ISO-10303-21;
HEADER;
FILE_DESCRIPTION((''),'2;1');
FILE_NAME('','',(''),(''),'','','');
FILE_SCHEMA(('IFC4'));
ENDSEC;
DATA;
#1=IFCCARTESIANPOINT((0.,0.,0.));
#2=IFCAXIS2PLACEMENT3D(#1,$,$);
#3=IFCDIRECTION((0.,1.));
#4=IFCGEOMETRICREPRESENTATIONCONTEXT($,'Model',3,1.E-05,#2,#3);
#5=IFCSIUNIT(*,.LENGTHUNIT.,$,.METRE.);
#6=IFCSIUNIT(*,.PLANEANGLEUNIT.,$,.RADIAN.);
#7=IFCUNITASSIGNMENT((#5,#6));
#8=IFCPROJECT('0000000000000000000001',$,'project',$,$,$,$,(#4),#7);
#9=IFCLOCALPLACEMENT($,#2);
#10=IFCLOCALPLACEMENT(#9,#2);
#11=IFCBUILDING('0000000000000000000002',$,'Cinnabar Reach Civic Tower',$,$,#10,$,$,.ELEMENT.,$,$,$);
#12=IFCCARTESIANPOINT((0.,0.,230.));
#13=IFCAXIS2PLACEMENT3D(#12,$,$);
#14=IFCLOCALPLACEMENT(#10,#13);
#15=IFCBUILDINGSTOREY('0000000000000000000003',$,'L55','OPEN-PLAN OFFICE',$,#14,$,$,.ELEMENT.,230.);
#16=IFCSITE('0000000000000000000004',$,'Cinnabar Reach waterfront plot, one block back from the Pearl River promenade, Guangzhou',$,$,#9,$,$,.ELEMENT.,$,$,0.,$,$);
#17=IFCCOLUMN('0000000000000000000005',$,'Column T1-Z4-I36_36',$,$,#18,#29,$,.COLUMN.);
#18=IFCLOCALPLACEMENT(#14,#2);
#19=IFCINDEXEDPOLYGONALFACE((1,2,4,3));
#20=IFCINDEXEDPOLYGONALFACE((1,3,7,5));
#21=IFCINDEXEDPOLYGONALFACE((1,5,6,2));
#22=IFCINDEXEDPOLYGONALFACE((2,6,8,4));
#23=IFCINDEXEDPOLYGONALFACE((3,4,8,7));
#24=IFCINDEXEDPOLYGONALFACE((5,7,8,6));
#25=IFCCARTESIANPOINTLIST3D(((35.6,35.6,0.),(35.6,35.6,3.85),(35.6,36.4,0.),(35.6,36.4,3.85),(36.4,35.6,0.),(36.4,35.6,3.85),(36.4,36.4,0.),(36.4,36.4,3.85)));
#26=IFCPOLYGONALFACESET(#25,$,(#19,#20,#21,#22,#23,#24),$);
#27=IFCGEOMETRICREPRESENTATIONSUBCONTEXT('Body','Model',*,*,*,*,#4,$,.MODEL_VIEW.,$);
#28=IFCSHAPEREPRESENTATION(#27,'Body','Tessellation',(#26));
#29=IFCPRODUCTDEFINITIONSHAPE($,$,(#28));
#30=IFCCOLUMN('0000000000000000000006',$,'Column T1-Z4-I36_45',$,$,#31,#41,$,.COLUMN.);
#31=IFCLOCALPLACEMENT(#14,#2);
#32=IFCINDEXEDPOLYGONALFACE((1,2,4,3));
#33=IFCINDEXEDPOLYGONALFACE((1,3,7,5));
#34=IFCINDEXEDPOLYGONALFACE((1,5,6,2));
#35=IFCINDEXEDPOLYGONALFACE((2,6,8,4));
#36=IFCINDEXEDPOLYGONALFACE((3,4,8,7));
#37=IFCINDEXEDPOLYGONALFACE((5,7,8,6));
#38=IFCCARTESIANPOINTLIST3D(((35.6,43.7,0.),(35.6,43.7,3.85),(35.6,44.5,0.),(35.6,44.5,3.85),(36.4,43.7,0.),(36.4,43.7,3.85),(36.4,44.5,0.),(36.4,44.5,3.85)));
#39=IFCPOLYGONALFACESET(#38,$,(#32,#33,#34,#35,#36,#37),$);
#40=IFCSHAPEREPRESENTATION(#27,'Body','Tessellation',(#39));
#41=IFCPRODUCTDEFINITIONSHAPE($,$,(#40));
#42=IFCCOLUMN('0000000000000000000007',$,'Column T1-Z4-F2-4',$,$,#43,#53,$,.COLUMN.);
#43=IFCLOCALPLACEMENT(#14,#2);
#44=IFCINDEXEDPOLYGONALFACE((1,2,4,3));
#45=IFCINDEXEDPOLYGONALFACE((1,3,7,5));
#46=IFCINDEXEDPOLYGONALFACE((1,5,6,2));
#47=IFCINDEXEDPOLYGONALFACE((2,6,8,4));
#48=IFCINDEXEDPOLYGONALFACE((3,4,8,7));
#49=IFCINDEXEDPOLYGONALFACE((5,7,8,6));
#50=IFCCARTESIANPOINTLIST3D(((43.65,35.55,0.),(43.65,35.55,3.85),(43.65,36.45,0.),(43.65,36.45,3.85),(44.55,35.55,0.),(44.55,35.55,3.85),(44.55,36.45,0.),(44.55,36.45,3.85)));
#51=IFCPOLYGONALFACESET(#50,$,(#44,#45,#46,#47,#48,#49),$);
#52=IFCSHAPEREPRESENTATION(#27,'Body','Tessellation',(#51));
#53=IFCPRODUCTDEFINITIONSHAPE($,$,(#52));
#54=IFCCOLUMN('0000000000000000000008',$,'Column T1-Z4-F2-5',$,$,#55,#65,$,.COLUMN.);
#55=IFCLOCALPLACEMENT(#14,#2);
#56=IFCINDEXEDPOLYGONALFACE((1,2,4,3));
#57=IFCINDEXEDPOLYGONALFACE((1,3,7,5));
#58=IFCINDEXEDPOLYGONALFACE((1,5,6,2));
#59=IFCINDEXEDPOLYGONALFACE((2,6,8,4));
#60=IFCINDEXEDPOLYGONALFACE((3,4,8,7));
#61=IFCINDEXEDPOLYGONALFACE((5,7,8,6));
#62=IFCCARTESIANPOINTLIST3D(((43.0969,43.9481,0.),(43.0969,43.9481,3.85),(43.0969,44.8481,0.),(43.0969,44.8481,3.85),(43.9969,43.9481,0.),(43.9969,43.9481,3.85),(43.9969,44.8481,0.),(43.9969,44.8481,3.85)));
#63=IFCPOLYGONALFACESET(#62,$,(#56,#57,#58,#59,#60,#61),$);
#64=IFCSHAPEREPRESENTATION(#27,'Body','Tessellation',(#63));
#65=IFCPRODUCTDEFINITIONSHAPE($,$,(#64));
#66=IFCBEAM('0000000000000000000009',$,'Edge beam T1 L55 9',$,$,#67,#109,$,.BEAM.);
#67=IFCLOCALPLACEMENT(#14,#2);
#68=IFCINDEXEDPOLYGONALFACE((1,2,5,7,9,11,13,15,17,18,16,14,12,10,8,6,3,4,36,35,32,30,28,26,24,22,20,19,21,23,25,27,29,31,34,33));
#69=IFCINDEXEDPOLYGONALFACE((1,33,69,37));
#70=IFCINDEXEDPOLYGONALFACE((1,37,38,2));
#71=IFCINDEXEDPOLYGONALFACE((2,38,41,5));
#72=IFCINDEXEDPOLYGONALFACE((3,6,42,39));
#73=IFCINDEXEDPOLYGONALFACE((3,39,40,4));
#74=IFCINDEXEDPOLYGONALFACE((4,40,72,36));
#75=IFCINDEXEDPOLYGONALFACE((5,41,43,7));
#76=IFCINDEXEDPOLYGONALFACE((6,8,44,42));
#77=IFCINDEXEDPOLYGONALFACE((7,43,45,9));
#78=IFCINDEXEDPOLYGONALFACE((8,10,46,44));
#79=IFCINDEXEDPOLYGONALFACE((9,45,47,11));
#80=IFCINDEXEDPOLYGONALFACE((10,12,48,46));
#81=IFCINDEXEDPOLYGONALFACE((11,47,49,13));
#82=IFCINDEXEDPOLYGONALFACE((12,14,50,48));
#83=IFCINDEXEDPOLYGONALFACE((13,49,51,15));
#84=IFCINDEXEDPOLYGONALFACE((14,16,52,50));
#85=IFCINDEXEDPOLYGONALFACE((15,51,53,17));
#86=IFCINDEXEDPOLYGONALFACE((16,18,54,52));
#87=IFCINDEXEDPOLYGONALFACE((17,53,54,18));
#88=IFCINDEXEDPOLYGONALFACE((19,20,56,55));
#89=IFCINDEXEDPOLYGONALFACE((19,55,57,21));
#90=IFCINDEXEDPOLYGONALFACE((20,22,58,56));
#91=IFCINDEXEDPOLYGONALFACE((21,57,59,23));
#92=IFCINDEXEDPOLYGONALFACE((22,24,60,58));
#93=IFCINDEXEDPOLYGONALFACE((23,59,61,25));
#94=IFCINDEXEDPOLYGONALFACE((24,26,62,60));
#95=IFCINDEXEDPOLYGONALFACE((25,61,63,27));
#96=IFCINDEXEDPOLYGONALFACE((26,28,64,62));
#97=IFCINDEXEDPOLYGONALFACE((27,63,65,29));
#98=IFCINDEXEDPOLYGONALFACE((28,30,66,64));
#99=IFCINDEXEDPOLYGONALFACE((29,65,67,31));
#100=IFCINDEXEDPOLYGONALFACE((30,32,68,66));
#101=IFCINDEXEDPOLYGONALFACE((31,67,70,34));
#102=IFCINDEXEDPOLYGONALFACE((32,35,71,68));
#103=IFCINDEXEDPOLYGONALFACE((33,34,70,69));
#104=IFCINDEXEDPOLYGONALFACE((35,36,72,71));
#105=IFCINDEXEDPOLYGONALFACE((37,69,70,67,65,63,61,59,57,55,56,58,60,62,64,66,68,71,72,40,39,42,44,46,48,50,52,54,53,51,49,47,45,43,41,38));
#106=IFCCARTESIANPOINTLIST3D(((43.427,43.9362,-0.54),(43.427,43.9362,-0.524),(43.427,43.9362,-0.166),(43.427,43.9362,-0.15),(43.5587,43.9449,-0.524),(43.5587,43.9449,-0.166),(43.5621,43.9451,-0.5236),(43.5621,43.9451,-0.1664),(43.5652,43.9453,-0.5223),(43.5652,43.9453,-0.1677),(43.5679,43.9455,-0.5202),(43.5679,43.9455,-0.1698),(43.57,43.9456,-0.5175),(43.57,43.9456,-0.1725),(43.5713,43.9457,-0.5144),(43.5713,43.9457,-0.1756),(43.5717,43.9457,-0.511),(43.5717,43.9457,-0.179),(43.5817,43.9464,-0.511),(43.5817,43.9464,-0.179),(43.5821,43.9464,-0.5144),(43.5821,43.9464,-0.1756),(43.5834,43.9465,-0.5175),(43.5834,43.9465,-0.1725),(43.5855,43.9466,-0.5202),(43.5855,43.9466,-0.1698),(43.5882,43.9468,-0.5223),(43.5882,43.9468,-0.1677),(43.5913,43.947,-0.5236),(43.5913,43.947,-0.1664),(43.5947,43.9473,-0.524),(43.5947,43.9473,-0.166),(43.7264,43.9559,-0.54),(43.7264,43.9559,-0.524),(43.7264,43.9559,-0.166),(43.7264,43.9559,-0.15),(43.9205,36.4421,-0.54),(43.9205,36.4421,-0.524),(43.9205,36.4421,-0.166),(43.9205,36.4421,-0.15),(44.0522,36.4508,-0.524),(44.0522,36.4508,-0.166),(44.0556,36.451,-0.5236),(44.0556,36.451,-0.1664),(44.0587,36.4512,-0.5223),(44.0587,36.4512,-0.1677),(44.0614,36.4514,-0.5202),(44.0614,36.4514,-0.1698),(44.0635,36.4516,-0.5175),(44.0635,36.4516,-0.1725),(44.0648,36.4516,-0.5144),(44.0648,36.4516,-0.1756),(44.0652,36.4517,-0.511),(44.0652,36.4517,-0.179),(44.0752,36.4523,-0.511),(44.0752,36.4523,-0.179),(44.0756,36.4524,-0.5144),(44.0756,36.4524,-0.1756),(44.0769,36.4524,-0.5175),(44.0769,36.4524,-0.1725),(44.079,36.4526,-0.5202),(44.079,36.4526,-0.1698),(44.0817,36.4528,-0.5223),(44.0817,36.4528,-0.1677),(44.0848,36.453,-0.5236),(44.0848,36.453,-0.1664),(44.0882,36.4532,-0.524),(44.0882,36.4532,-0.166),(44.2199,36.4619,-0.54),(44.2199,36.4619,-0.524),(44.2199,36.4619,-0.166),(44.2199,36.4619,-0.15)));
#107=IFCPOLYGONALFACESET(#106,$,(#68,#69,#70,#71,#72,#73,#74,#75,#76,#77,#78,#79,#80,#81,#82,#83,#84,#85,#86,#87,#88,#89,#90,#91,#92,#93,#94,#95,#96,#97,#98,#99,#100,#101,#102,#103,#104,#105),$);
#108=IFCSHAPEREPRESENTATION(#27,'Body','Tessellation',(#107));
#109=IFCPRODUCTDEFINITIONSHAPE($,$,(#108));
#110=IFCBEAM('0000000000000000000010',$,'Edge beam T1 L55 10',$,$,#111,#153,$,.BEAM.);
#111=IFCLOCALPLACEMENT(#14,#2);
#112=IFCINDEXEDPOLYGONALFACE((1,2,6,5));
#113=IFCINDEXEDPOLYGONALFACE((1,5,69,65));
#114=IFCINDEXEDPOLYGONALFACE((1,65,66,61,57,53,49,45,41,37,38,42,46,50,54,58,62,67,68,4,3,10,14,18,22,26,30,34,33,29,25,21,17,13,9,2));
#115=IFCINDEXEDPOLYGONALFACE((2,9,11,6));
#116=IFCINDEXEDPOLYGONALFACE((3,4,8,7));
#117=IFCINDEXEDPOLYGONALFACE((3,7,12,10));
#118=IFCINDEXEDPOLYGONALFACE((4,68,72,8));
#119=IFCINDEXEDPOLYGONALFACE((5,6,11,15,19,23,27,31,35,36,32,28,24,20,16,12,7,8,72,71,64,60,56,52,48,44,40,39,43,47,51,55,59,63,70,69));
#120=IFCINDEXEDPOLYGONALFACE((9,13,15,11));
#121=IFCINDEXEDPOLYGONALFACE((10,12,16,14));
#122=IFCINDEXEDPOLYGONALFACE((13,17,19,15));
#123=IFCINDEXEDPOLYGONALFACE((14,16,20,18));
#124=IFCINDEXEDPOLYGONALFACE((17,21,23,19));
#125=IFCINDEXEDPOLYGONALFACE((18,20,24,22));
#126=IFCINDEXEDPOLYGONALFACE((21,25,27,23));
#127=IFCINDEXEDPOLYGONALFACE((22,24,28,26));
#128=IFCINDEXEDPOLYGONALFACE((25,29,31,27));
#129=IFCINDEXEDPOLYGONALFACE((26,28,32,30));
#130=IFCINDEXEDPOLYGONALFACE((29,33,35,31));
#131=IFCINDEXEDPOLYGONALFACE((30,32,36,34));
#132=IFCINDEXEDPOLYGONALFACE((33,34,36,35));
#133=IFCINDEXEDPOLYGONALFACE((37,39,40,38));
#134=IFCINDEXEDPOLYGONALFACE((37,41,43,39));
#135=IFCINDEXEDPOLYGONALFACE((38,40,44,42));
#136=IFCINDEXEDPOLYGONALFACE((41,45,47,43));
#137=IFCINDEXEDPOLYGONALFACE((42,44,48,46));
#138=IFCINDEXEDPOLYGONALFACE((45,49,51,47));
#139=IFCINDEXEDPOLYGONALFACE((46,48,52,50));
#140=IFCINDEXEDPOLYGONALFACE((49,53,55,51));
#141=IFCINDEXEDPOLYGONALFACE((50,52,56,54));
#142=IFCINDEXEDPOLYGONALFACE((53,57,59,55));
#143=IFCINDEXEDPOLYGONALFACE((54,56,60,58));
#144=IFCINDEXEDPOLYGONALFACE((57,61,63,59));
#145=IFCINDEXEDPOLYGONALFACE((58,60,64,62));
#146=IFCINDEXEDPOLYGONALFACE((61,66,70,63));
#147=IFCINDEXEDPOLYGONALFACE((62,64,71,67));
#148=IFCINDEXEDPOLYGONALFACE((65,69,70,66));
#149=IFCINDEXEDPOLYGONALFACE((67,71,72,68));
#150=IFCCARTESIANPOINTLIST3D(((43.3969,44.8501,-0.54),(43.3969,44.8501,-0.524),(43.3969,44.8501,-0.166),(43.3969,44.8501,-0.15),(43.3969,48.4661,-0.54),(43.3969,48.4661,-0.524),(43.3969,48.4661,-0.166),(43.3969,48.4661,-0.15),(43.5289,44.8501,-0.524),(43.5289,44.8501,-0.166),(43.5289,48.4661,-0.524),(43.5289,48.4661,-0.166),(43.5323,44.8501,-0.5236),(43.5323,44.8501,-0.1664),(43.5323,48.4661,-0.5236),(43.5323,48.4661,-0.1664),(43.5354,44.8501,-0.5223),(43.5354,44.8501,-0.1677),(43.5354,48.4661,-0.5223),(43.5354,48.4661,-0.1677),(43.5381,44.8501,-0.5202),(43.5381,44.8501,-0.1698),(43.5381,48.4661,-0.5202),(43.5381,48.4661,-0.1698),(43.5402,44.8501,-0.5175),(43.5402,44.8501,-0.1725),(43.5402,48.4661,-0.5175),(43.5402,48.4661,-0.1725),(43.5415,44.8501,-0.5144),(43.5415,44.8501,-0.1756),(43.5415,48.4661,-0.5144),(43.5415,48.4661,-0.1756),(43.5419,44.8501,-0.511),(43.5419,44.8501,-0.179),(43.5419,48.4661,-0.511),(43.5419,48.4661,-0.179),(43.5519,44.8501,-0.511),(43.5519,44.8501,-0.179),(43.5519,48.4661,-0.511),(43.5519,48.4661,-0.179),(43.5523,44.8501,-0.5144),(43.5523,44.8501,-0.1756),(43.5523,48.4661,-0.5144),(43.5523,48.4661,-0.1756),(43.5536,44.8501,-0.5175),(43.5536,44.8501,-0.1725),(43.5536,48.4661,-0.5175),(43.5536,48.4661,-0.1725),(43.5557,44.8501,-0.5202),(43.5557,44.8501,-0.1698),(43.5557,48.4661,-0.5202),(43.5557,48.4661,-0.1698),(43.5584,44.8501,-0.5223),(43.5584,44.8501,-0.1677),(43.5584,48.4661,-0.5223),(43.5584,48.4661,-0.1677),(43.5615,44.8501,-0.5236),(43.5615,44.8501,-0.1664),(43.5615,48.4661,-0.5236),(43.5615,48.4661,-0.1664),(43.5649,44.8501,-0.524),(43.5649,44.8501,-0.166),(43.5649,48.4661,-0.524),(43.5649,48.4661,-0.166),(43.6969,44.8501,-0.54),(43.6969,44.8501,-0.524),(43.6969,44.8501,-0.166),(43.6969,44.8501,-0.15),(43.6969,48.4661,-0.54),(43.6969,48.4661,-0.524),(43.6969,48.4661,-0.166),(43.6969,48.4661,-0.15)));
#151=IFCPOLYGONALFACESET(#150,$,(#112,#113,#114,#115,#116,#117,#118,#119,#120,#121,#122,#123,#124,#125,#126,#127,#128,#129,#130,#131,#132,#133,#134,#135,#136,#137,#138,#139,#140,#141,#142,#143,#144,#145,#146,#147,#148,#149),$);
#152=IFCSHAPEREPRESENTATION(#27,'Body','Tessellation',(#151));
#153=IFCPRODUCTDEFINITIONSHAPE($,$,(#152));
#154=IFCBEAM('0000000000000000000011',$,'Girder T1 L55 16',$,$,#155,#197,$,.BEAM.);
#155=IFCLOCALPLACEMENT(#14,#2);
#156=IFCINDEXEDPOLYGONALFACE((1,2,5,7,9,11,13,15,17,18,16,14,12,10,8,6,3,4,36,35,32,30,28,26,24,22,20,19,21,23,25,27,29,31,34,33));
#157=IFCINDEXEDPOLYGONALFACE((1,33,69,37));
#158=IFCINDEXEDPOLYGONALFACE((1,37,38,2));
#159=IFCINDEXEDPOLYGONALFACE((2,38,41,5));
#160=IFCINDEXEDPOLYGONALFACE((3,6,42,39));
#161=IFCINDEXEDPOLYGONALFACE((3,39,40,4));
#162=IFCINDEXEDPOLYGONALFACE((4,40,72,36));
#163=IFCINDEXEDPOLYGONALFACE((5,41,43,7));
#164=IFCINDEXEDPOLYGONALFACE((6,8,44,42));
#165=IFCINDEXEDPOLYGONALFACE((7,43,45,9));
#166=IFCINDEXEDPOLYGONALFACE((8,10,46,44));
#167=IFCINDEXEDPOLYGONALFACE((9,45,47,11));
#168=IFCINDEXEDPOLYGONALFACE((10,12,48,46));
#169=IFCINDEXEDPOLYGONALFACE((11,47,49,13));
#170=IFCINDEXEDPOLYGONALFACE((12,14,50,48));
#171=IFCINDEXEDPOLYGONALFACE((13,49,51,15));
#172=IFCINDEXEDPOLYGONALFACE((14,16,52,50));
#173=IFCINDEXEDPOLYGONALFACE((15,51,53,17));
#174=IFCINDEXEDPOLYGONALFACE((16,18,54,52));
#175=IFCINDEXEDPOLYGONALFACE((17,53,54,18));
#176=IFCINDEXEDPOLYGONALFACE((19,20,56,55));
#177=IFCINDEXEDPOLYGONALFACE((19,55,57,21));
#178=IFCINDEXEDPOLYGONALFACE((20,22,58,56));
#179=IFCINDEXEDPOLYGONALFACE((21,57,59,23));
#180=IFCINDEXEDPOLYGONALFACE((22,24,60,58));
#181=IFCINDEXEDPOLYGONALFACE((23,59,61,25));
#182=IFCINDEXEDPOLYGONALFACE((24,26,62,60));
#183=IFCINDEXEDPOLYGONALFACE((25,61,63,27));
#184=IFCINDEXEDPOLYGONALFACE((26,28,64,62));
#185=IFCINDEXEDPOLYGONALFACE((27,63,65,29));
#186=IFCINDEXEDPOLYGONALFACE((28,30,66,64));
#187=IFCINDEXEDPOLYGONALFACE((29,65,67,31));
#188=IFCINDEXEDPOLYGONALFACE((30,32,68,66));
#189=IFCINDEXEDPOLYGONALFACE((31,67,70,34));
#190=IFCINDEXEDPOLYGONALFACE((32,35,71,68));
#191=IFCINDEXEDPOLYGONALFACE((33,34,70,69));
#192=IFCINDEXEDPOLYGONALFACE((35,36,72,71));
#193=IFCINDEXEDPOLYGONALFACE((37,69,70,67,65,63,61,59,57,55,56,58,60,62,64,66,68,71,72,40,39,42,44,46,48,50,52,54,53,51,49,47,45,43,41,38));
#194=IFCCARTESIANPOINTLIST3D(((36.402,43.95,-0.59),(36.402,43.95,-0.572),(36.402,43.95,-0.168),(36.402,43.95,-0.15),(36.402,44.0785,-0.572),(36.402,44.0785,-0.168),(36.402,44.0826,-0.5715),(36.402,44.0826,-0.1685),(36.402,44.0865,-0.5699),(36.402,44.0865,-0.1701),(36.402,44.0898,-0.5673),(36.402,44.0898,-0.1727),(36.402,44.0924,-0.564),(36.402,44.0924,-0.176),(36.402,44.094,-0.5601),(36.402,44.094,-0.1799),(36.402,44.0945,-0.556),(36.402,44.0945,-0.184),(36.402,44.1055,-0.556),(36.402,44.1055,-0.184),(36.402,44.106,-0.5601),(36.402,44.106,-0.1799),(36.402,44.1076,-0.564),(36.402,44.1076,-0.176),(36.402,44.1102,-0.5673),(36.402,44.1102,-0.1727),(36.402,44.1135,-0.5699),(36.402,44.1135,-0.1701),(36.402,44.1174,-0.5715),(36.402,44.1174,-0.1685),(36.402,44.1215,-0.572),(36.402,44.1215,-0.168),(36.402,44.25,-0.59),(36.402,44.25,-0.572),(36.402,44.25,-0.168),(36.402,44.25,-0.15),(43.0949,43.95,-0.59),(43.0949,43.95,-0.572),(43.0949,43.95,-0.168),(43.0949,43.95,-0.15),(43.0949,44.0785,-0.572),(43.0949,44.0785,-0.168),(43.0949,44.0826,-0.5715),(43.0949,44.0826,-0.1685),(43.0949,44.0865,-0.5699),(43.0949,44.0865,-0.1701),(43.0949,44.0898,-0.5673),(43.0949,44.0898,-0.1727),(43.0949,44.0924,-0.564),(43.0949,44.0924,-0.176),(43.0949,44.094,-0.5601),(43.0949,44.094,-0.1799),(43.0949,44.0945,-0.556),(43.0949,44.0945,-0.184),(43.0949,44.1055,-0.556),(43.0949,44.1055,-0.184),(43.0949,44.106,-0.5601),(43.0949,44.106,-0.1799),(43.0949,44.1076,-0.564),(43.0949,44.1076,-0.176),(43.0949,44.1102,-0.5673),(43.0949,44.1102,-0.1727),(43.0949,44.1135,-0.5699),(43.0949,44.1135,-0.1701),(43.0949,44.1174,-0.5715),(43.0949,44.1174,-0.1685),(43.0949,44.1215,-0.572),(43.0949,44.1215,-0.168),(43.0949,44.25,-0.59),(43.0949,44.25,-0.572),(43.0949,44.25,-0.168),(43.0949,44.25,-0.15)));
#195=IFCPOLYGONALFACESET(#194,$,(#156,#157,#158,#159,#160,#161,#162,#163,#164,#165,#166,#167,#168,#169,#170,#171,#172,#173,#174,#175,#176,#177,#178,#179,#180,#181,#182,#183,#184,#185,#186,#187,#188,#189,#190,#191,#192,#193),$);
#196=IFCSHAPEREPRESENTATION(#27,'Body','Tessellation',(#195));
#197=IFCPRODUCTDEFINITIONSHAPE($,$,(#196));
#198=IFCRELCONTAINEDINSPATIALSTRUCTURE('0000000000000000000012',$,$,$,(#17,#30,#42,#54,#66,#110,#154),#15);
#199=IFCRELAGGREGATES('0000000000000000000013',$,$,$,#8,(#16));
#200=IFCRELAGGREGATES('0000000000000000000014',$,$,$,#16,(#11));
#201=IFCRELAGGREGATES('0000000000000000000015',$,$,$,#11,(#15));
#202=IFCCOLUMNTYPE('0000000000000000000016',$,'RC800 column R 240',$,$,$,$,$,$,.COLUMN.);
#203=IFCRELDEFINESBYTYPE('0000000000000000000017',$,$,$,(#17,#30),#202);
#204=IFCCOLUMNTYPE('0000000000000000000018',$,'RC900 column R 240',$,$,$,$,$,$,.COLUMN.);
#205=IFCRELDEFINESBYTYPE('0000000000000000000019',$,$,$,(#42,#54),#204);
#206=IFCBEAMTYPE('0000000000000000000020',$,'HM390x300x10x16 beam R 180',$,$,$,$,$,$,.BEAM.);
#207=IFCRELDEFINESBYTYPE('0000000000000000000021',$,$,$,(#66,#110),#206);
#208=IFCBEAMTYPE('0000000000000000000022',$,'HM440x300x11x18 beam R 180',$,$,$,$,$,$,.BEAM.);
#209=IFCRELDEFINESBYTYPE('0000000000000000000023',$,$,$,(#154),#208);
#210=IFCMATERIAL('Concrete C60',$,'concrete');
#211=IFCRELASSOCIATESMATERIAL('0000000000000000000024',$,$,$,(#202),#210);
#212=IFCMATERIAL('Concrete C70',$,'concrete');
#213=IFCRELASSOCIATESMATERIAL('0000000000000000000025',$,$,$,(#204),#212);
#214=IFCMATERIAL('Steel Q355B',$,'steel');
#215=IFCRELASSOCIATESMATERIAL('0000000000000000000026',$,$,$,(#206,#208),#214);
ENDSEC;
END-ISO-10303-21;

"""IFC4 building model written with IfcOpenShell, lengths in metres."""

from ifc_helpers import new_model, si_unit, direction, frame, origin, origin_2d, place, context, subcontext, project, spatial, rectangle, i_section, extrude, material, material_profile, profile_set, type_object, element, save


model = new_model("IFC4")

# Units and contexts
model_context = context("Model", 3, precision=1e-05, world=origin(), true_north=direction((0.0, 1.0)))
body_context = subcontext(model_context, "Body", "Model", "MODEL_VIEW")
ifc_project = project(units=[si_unit("LENGTHUNIT", "METRE"), si_unit("PLANEANGLEUNIT", "RADIAN")], contexts=[model_context])

# Site, building, storey
site_placement = place(None, origin())
site = spatial("IfcSite", under=ifc_project, at=site_placement, Name="Cinnabar Reach waterfront plot, one block back from the Pearl River promenade, Guangzhou", CompositionType="ELEMENT", RefElevation=0.0)
building_placement = place(site_placement, origin())
building = spatial("IfcBuilding", under=site, at=building_placement, Name="Cinnabar Reach Civic Tower", CompositionType="ELEMENT")
storey_placement = place(building_placement, frame((0.0, 0.0, 230.0)))
storey = spatial("IfcBuildingStorey", under=building, at=storey_placement, Name="L55", Description="OPEN-PLAN OFFICE", CompositionType="ELEMENT", Elevation=230.0)

# Columns
ifc_material_1 = material(Name="Concrete C60", Category="concrete")
ifc_material_profile_1 = material_profile(ifc_material_1, rectangle(XDim=0.8, YDim=0.8, at=origin_2d()), Name="RC800")
ifc_profile_set_1 = profile_set([ifc_material_profile_1], Name="Concrete C60")
column_type_1 = type_object("IfcColumnType", Name="RC800 column R 240", PredefinedType="COLUMN", material=ifc_profile_set_1)
for number, where, z_axis, x_axis, name in (
    (1, (36.0, 36.0, 0.0), (0.0, 0.0, 1.0), (1.0, 0.0, 0.0), "Column T1-Z4-I36_36"),
    (2, (36.0, 44.1, 0.0), (0.0, 0.0, 1.0), (1.0, 0.0, 0.0), "Column T1-Z4-I36_45"),
):
    element("IfcColumn", number, at=place(storey_placement, frame(where, z_axis=z_axis, x_axis=x_axis)), inside=storey, type_object=column_type_1, Name=name, PredefinedType="COLUMN", context=body_context, shape_type="SweptSolid", body=[
        extrude(rectangle(XDim=0.8, YDim=0.8, at=origin_2d()), origin(), (0.0, 0.0, 1.0), 3.85),
    ])
ifc_material_2 = material(Name="Concrete C70", Category="concrete")
ifc_material_profile_2 = material_profile(ifc_material_2, rectangle(XDim=0.9, YDim=0.9, at=origin_2d()), Name="RC900")
ifc_profile_set_2 = profile_set([ifc_material_profile_2], Name="Concrete C70")
column_type_2 = type_object("IfcColumnType", Name="RC900 column R 240", PredefinedType="COLUMN", material=ifc_profile_set_2)
for number, where, z_axis, x_axis, name in (
    (3, (44.1, 36.0, 0.0), (0.0, 0.0, 1.0), (1.0, 0.0, 0.0), "Column T1-Z4-F2-4"),
    (4, (43.5469, 44.3981, 0.0), (0.0, 0.0, 1.0), (1.0, 0.0, 0.0), "Column T1-Z4-F2-5"),
):
    element("IfcColumn", number, at=place(storey_placement, frame(where, z_axis=z_axis, x_axis=x_axis)), inside=storey, type_object=column_type_2, Name=name, PredefinedType="COLUMN", context=body_context, shape_type="SweptSolid", body=[
        extrude(rectangle(XDim=0.9, YDim=0.9, at=origin_2d()), origin(), (0.0, 0.0, 1.0), 3.85),
    ])

# Beams
ifc_material_3 = material(Name="Steel Q355B", Category="steel")
ifc_material_profile_3 = material_profile(ifc_material_3, i_section(OverallWidth=0.3, OverallDepth=0.39, WebThickness=0.01, FlangeThickness=0.016, FilletRadius=0.013, at=origin_2d()), Name="HM390x300x10x16")
ifc_profile_set_3 = profile_set([ifc_material_profile_3], Name="Steel Q355B")
beam_type_1 = type_object("IfcBeamType", Name="HM390x300x10x16 beam R 180", PredefinedType="BEAM", material=ifc_profile_set_3)
beam_1_placement = place(storey_placement, frame((44.0702, 36.452, -0.345), z_axis=(-0.065709, 0.997839, 0.0), x_axis=(-0.997839, -0.065709, 0.0)))
element("IfcBeam", 5, at=beam_1_placement, inside=storey, type_object=beam_type_1, Name="Edge beam T1 L55 9", PredefinedType="BEAM", context=body_context, shape_type="SweptSolid", body=[
    extrude(i_section(OverallWidth=0.3, OverallDepth=0.39, WebThickness=0.01, FlangeThickness=0.016, FilletRadius=0.013, at=origin_2d()), origin(), (0.0, 0.0, 1.0), 7.5103),
])
beam_2_placement = place(storey_placement, frame((43.5469, 44.8501, -0.345), z_axis=(0.0, 1.0, 0.0), x_axis=(-1.0, 0.0, 0.0)))
element("IfcBeam", 6, at=beam_2_placement, inside=storey, type_object=beam_type_1, Name="Edge beam T1 L55 10", PredefinedType="BEAM", context=body_context, shape_type="SweptSolid", body=[
    extrude(i_section(OverallWidth=0.3, OverallDepth=0.39, WebThickness=0.01, FlangeThickness=0.016, FilletRadius=0.013, at=origin_2d()), origin(), (0.0, 0.0, 1.0), 3.616),
])
ifc_material_profile_4 = material_profile(ifc_material_3, i_section(OverallWidth=0.3, OverallDepth=0.44, WebThickness=0.011, FlangeThickness=0.018, FilletRadius=0.016, at=origin_2d()), Name="HM440x300x11x18")
ifc_profile_set_4 = profile_set([ifc_material_profile_4], Name="Steel Q355B")
beam_type_2 = type_object("IfcBeamType", Name="HM440x300x11x18 beam R 180", PredefinedType="BEAM", material=ifc_profile_set_4)
beam_3_placement = place(storey_placement, frame((36.402, 44.1, -0.37), z_axis=(1.0, 0.0, 0.0), x_axis=(0.0, 1.0, 0.0)))
element("IfcBeam", 7, at=beam_3_placement, inside=storey, type_object=beam_type_2, Name="Girder T1 L55 16", PredefinedType="BEAM", context=body_context, shape_type="SweptSolid", body=[
    extrude(i_section(OverallWidth=0.3, OverallDepth=0.44, WebThickness=0.011, FlangeThickness=0.018, FilletRadius=0.016, at=origin_2d()), origin(), (0.0, 0.0, 1.0), 6.6929),
])

save(model, "model.ifc")
